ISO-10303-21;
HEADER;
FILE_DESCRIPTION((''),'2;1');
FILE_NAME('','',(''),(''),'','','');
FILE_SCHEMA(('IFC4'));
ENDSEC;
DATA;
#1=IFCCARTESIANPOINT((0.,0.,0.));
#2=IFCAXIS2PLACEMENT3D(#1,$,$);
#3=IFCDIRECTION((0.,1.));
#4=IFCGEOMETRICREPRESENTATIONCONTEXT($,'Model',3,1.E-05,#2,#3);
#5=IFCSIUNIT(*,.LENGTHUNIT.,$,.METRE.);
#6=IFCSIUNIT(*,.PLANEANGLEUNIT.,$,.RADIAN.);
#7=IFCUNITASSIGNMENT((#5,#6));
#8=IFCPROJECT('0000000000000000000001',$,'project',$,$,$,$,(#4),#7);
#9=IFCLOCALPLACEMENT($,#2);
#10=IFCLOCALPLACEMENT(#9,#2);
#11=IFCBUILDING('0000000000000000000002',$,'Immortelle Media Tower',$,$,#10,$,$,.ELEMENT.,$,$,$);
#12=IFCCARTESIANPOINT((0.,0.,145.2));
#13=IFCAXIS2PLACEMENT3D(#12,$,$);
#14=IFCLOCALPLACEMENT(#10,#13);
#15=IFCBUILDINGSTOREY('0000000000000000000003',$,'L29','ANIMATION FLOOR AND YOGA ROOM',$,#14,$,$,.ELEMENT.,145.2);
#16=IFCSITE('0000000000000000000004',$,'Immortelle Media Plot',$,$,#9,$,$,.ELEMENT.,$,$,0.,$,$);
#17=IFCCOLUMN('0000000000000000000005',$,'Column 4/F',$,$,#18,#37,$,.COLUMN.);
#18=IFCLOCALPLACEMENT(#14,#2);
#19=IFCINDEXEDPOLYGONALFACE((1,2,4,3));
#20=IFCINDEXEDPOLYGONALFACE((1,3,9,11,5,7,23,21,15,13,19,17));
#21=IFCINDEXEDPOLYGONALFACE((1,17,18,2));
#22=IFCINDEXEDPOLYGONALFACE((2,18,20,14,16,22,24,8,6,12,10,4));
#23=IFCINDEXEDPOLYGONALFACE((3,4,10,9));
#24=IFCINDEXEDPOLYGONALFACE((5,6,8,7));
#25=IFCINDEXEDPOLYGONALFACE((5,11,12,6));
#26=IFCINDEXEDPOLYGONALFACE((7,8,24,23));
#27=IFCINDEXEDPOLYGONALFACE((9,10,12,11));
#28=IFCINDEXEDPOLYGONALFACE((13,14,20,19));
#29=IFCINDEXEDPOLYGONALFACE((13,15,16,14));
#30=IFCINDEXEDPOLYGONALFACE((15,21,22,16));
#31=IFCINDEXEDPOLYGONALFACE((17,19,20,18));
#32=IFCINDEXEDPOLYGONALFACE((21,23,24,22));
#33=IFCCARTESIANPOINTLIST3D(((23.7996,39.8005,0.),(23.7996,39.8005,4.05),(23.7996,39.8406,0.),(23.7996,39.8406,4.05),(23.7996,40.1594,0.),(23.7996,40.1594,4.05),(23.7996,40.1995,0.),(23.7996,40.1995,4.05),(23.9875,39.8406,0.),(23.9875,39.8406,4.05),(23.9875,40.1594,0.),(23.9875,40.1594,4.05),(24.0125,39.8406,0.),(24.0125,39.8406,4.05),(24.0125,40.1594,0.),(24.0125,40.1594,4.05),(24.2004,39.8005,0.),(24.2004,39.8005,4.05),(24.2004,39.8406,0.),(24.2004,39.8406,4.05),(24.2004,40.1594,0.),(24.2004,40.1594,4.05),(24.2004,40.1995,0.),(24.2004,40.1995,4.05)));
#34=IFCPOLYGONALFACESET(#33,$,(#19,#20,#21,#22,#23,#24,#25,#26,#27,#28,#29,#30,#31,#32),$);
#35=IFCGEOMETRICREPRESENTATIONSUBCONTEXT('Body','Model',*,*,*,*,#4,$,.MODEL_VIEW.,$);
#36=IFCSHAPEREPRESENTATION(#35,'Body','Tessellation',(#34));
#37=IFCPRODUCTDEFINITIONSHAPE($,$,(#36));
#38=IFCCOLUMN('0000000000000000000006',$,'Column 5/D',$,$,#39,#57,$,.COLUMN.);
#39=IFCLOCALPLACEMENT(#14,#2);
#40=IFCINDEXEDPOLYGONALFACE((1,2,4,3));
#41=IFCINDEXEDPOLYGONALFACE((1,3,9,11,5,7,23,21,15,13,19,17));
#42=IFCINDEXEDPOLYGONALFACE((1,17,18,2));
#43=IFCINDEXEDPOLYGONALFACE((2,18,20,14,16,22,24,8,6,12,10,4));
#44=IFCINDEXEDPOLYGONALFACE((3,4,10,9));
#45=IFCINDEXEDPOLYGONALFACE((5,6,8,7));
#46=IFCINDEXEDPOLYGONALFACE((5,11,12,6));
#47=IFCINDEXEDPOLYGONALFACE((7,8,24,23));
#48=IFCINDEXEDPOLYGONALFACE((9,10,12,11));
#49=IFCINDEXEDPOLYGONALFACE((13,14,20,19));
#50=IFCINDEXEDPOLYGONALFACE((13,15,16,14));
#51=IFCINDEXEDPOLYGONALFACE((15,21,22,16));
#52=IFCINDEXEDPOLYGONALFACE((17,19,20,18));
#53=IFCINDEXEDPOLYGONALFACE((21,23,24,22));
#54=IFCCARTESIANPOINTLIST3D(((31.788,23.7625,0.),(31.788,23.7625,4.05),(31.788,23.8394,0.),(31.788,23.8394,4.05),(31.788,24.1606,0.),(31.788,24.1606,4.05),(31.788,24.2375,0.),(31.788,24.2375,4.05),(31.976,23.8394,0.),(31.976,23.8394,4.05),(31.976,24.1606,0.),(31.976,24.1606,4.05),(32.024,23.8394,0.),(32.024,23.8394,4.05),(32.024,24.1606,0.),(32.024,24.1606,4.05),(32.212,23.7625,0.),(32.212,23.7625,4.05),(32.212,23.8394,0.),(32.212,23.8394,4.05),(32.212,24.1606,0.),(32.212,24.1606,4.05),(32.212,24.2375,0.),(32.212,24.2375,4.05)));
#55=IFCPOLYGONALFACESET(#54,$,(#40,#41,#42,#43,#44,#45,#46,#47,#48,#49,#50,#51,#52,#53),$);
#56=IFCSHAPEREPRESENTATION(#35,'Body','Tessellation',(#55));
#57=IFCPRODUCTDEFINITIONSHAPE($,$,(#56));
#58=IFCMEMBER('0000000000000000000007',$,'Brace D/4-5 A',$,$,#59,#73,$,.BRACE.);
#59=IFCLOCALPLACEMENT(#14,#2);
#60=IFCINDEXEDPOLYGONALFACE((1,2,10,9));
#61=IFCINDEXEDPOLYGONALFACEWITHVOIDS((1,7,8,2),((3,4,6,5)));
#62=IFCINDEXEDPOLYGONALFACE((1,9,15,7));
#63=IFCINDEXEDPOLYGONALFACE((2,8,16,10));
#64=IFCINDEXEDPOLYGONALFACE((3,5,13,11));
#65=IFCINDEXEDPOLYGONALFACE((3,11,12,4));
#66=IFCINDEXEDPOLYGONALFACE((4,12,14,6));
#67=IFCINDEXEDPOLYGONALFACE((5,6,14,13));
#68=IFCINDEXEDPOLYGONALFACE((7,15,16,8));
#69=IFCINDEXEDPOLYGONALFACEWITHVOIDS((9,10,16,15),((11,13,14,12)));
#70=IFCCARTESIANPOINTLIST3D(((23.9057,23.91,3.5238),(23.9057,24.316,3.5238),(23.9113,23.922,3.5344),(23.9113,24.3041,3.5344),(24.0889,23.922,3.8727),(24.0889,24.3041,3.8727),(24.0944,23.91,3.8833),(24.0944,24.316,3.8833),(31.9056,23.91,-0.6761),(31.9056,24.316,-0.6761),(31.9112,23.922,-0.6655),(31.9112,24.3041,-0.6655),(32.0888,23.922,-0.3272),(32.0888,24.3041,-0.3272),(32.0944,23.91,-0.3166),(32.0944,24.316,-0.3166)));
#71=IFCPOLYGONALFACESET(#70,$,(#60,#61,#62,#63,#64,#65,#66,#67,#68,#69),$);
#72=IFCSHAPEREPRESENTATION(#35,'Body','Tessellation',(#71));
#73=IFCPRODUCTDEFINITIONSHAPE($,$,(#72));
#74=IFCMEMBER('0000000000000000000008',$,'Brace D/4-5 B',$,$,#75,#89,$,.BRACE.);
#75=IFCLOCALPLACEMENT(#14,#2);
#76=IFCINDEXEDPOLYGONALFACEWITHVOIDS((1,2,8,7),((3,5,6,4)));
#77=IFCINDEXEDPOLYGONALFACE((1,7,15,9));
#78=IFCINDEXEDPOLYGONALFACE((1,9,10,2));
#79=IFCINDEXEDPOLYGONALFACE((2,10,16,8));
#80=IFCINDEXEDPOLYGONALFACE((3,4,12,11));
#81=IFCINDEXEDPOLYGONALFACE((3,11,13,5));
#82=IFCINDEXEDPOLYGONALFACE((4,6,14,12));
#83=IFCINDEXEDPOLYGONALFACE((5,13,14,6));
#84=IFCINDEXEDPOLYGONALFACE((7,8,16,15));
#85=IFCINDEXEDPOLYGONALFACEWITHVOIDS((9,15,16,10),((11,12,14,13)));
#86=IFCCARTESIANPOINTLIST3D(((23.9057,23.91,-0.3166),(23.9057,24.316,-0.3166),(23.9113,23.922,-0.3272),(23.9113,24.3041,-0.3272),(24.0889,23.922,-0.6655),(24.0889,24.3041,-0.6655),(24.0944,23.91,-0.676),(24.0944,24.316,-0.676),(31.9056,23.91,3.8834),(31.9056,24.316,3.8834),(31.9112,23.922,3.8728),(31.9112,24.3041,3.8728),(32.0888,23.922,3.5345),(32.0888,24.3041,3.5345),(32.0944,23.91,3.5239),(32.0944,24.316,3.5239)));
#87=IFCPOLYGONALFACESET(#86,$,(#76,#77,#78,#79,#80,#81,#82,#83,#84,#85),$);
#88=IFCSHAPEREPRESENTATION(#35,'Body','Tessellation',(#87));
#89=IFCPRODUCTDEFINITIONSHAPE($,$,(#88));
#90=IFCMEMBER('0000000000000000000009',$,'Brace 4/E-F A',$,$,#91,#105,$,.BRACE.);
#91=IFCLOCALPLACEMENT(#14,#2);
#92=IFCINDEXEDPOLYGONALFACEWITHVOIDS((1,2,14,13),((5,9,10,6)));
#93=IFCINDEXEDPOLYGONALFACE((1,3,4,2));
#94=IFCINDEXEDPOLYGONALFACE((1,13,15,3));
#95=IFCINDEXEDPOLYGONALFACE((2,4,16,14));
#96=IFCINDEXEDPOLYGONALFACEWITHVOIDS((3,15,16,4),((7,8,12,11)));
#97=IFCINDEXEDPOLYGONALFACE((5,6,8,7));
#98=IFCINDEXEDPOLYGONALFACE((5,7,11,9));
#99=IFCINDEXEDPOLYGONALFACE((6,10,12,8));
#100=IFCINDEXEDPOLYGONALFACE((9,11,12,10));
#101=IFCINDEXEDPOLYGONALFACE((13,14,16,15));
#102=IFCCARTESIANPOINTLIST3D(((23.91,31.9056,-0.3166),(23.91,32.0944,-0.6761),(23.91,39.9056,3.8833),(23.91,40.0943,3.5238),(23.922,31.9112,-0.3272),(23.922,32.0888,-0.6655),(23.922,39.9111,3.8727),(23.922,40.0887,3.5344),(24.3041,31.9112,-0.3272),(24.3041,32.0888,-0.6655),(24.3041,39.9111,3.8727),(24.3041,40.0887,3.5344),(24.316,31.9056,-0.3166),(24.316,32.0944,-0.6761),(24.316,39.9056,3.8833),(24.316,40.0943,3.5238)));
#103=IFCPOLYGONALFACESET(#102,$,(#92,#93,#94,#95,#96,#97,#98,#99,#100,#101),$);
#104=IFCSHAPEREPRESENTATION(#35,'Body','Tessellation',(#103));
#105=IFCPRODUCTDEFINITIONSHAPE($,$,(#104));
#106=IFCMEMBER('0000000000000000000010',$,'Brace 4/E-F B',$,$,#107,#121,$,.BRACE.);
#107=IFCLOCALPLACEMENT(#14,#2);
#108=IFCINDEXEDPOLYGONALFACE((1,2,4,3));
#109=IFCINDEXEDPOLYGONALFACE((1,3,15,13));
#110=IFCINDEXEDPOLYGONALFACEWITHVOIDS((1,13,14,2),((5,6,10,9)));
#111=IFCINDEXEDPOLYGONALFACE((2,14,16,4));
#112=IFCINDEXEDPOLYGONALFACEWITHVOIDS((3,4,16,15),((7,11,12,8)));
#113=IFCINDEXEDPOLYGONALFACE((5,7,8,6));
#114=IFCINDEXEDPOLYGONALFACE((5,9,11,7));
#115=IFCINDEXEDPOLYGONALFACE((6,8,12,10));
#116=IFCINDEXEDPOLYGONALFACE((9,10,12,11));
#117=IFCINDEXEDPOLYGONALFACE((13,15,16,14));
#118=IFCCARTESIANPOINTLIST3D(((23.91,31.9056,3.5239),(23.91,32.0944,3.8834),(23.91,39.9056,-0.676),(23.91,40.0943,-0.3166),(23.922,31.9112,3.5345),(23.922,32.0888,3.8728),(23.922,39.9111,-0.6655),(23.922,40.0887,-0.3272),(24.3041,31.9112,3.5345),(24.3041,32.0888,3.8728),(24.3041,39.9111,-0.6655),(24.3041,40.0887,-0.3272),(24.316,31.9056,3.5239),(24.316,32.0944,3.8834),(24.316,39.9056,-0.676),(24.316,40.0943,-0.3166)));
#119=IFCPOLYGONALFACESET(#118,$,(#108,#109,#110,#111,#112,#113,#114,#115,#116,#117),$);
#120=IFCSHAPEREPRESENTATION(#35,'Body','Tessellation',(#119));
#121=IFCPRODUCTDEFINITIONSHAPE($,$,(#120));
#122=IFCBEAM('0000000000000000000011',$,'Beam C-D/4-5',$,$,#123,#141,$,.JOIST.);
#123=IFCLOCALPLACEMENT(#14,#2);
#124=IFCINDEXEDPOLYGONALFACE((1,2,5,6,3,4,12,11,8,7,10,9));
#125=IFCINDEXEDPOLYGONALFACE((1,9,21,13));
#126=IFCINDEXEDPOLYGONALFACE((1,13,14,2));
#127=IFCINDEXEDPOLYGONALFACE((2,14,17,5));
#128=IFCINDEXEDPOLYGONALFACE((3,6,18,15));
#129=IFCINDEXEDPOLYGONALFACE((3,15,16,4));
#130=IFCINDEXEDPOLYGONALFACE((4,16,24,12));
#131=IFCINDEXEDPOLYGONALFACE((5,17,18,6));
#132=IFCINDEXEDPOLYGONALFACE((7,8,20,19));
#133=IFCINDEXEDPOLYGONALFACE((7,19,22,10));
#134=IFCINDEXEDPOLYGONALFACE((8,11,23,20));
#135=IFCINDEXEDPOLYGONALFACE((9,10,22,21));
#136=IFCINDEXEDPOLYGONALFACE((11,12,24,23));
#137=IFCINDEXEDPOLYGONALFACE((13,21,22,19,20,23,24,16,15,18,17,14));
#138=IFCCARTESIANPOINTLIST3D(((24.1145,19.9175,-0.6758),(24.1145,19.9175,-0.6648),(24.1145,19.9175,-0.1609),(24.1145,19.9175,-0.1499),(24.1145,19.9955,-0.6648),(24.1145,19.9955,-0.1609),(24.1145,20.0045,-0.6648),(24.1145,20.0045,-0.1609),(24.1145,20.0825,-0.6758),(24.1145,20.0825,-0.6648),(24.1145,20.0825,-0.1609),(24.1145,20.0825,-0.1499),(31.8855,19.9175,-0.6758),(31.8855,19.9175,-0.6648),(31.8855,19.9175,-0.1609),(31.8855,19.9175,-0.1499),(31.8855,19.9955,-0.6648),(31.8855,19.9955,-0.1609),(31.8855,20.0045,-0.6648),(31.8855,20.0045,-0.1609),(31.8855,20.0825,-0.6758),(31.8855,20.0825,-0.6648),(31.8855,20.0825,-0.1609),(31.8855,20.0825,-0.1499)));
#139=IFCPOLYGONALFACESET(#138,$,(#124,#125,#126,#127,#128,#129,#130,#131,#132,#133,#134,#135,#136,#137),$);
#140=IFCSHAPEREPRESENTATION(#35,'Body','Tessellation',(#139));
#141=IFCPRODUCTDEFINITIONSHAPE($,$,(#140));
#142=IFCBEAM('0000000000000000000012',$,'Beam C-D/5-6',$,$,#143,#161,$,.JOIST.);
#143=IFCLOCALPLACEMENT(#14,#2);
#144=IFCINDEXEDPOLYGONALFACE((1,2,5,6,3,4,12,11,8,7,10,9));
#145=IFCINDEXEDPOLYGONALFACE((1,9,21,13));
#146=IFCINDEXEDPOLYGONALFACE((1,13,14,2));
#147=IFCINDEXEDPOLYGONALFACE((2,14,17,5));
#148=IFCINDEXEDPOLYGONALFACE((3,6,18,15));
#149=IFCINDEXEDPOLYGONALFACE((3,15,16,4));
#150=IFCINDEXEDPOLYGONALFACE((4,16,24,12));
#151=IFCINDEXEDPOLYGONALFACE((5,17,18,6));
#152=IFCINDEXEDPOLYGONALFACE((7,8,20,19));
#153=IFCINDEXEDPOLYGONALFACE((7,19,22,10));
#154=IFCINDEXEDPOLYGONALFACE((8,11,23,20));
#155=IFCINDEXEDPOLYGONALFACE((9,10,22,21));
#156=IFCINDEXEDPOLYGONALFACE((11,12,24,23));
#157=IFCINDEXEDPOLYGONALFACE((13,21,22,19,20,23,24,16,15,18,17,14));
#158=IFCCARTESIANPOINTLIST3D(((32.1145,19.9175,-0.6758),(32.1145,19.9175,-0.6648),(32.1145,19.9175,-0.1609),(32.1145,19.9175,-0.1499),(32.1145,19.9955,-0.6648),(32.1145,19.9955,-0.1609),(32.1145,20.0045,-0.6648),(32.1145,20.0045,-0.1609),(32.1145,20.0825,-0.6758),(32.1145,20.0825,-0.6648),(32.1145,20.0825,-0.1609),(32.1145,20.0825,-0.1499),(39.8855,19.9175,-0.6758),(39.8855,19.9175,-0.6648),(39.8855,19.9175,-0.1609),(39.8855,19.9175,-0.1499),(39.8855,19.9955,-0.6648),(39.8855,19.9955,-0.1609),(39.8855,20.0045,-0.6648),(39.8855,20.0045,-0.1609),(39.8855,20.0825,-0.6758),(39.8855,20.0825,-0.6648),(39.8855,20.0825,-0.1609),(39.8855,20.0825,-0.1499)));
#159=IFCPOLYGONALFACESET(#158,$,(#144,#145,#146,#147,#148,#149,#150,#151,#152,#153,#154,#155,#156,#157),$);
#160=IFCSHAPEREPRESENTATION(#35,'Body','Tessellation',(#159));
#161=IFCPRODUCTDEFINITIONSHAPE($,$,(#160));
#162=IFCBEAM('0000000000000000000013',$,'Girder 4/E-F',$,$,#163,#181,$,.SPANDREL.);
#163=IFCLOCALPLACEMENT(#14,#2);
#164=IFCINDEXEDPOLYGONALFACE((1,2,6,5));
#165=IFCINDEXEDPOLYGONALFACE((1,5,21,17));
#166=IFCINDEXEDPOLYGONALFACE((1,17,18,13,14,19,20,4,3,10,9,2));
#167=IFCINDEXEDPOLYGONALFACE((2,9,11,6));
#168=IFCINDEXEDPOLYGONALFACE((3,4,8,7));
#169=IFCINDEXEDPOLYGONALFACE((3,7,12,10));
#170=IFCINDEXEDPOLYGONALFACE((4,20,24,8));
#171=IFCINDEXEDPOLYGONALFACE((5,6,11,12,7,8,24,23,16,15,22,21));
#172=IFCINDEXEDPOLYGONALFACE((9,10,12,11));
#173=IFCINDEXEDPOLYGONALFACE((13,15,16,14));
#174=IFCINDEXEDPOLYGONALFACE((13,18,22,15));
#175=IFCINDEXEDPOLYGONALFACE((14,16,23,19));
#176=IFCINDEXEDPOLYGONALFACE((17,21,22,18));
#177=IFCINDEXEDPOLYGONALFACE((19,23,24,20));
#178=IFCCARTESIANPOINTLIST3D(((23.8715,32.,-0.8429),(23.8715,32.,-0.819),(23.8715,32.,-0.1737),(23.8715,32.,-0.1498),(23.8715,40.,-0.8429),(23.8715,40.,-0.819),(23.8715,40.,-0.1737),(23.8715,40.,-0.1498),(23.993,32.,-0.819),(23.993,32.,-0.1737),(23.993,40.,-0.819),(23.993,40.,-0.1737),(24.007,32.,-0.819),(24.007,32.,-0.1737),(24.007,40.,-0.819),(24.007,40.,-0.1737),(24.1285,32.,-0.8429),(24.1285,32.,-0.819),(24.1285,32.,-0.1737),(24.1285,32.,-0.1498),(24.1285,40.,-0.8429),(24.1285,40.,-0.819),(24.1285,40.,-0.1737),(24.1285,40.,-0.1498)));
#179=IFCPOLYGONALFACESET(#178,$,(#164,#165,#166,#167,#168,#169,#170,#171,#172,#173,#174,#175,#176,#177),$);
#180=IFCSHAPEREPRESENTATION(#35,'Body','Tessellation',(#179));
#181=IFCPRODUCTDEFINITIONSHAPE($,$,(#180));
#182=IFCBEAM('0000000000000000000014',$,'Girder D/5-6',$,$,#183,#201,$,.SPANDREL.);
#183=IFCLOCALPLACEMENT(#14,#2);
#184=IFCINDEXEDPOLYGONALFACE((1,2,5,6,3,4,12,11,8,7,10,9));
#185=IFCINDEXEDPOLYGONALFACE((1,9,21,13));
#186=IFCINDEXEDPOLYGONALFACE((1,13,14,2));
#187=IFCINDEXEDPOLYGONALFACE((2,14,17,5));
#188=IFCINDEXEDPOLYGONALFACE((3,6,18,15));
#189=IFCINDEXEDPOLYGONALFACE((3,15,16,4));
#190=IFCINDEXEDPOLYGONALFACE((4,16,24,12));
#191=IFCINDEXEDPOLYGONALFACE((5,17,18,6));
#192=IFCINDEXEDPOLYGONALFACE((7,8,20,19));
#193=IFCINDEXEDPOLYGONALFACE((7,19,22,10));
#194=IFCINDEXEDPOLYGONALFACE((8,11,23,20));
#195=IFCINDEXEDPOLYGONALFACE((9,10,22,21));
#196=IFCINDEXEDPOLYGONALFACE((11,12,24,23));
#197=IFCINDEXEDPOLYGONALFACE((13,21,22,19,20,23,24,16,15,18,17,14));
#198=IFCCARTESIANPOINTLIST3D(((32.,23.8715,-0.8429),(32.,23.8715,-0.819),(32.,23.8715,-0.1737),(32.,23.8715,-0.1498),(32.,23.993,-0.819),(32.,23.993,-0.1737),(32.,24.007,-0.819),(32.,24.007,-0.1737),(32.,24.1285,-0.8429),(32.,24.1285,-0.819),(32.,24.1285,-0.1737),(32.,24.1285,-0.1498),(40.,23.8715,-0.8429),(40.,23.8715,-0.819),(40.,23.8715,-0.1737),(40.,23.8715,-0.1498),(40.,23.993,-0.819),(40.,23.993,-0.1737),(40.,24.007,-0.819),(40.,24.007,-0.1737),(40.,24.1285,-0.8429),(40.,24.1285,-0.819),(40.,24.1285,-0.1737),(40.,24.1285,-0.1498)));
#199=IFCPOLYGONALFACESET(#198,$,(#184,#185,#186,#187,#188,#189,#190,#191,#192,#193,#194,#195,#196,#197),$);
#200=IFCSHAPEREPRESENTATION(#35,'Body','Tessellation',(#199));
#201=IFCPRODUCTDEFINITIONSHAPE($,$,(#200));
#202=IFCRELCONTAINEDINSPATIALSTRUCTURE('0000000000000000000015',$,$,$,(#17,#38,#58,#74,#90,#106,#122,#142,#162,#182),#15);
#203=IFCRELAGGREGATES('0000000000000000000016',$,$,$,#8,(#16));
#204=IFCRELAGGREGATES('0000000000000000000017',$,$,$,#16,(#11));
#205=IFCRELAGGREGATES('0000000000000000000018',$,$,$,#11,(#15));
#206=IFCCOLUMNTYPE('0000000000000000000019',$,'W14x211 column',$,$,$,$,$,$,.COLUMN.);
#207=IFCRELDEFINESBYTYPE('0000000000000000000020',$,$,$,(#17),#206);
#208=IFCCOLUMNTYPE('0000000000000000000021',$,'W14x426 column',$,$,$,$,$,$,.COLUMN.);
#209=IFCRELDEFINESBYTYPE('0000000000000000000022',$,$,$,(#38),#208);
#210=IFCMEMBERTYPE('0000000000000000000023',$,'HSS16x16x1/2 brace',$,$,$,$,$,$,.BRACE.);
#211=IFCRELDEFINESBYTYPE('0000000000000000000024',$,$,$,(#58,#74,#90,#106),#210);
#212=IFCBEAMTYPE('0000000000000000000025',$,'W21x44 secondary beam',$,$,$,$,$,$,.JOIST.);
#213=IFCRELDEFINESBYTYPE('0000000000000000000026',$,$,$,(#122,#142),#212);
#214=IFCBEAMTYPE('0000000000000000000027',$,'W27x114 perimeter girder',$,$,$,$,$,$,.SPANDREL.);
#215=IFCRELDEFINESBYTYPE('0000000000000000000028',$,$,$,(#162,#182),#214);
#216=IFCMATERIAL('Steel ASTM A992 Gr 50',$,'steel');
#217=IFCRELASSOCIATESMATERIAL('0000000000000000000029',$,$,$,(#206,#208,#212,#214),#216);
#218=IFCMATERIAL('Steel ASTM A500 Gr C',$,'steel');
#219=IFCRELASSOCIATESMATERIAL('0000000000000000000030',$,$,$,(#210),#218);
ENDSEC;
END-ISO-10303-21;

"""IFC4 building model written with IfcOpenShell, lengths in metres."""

from ifc_helpers import new_model, si_unit, direction, frame, origin, origin_2d, place, context, subcontext, project, spatial, hollow_rectangle, i_section, extrude, material, material_profile, profile_set, type_object, element, save


model = new_model("IFC4")

# Units and contexts
model_context = context("Model", 3, precision=1e-05, world=origin(), true_north=direction((0.0, 1.0)))
body_context = subcontext(model_context, "Body", "Model", "MODEL_VIEW")
ifc_project = project(units=[si_unit("LENGTHUNIT", "METRE"), si_unit("PLANEANGLEUNIT", "RADIAN")], contexts=[model_context])

# Site, building, storey
site_placement = place(None, origin())
site = spatial("IfcSite", under=ifc_project, at=site_placement, Name="Immortelle Media Plot", CompositionType="ELEMENT", RefElevation=0.0)
building_placement = place(site_placement, origin())
building = spatial("IfcBuilding", under=site, at=building_placement, Name="Immortelle Media Tower", CompositionType="ELEMENT")
storey_placement = place(building_placement, frame((0.0, 0.0, 145.2)))
storey = spatial("IfcBuildingStorey", under=building, at=storey_placement, Name="L29", Description="ANIMATION FLOOR AND YOGA ROOM", CompositionType="ELEMENT", Elevation=145.2)

# Columns
ifc_material_1 = material(Name="Steel ASTM A992 Gr 50", Category="steel")
ifc_material_profile_1 = material_profile(ifc_material_1, i_section(OverallWidth=0.4009, OverallDepth=0.3989, WebThickness=0.0249, FlangeThickness=0.04, at=origin_2d()), Name="W14x211")
ifc_profile_set_1 = profile_set([ifc_material_profile_1], Name="Steel ASTM A992 Gr 50")
column_type_1 = type_object("IfcColumnType", Name="W14x211 column", PredefinedType="COLUMN", material=ifc_profile_set_1)
column_1_placement = place(storey_placement, frame((24.0, 40.0, 0.0), z_axis=(0.0, 0.0, 1.0), x_axis=(1.0, 0.0, 0.0)))
element("IfcColumn", 1, at=column_1_placement, inside=storey, type_object=column_type_1, Name="Column 4/F", PredefinedType="COLUMN", context=body_context, shape_type="SweptSolid", body=[
    extrude(i_section(OverallWidth=0.4009, OverallDepth=0.3989, WebThickness=0.0249, FlangeThickness=0.04, at=origin_2d()), origin(), (0.0, 0.0, 1.0), 4.05),
])
ifc_material_profile_2 = material_profile(ifc_material_1, i_section(OverallWidth=0.4241, OverallDepth=0.4751, WebThickness=0.0481, FlangeThickness=0.0769, at=origin_2d()), Name="W14x426")
ifc_profile_set_2 = profile_set([ifc_material_profile_2], Name="Steel ASTM A992 Gr 50")
column_type_2 = type_object("IfcColumnType", Name="W14x426 column", PredefinedType="COLUMN", material=ifc_profile_set_2)
column_2_placement = place(storey_placement, frame((32.0, 24.0, 0.0), z_axis=(0.0, 0.0, 1.0), x_axis=(1.0, 0.0, 0.0)))
element("IfcColumn", 2, at=column_2_placement, inside=storey, type_object=column_type_2, Name="Column 5/D", PredefinedType="COLUMN", context=body_context, shape_type="SweptSolid", body=[
    extrude(i_section(OverallWidth=0.4241, OverallDepth=0.4751, WebThickness=0.0481, FlangeThickness=0.0769, at=origin_2d()), origin(), (0.0, 0.0, 1.0), 4.05),
])

# Members
ifc_material_2 = material(Name="Steel ASTM A500 Gr C", Category="steel")
ifc_material_profile_3 = material_profile(ifc_material_2, hollow_rectangle(XDim=0.406, YDim=0.406, WallThickness=0.012, at=origin_2d()), Name="HSS16x16x1/2 brace")
ifc_profile_set_3 = profile_set([ifc_material_profile_3], Name="Steel ASTM A500 Gr C")
member_type = type_object("IfcMemberType", Name="HSS16x16x1/2 brace", PredefinedType="BRACE", material=ifc_profile_set_3)
for number, where, z_axis, x_axis, name in (
    (3, (32.0, 24.113, -0.4963), (-0.8854, 0.0, 0.46483), (0.0, -1.0, 0.0), "Brace D/4-5 A"),
    (4, (32.0, 24.113, 3.7036), (-0.8854, 0.0, -0.46483), (0.0, -1.0, 0.0), "Brace D/4-5 B"),
    (5, (24.113, 32.0, -0.4963), (0.0, 0.8854, 0.46483), (-1.0, 0.0, 0.0), "Brace 4/E-F A"),
    (6, (24.113, 32.0, 3.7036), (0.0, 0.8854, -0.46483), (-1.0, 0.0, 0.0), "Brace 4/E-F B"),
):
    element("IfcMember", number, at=place(storey_placement, frame(where, z_axis=z_axis, x_axis=x_axis)), inside=storey, type_object=member_type, Name=name, PredefinedType="BRACE", context=body_context, shape_type="SweptSolid", body=[
        extrude(hollow_rectangle(XDim=0.406, YDim=0.406, WallThickness=0.012, at=origin_2d()), origin(), (0.0, 0.0, 1.0), 9.0354),
    ])

# Beams
ifc_material_profile_4 = material_profile(ifc_material_1, i_section(OverallWidth=0.165, OverallDepth=0.5259, WebThickness=0.009, FlangeThickness=0.011, at=origin_2d()), Name="W21x44")
ifc_profile_set_4 = profile_set([ifc_material_profile_4], Name="Steel ASTM A992 Gr 50")
beam_type_1 = type_object("IfcBeamType", Name="W21x44 secondary beam", PredefinedType="JOIST", material=ifc_profile_set_4)
for number, where, z_axis, x_axis, name in (
    (7, (24.1145, 20.0, -0.4128), (1.0, 0.0, 0.0), (0.0, 1.0, 0.0), "Beam C-D/4-5"),
    (8, (32.1145, 20.0, -0.4128), (1.0, 0.0, 0.0), (0.0, 1.0, 0.0), "Beam C-D/5-6"),
):
    element("IfcBeam", number, at=place(storey_placement, frame(where, z_axis=z_axis, x_axis=x_axis)), inside=storey, type_object=beam_type_1, Name=name, PredefinedType="JOIST", context=body_context, shape_type="SweptSolid", body=[
        extrude(i_section(OverallWidth=0.165, OverallDepth=0.5259, WebThickness=0.009, FlangeThickness=0.011, at=origin_2d()), origin(), (0.0, 0.0, 1.0), 7.771),
    ])
ifc_material_profile_5 = material_profile(ifc_material_1, i_section(OverallWidth=0.2571, OverallDepth=0.6931, WebThickness=0.0139, FlangeThickness=0.0239, at=origin_2d()), Name="W27x114")
ifc_profile_set_5 = profile_set([ifc_material_profile_5], Name="Steel ASTM A992 Gr 50")
beam_type_2 = type_object("IfcBeamType", Name="W27x114 perimeter girder", PredefinedType="SPANDREL", material=ifc_profile_set_5)
for number, where, z_axis, x_axis, name in (
    (9, (24.0, 32.0, -0.4963), (0.0, 1.0, 0.0), (-1.0, 0.0, 0.0), "Girder 4/E-F"),
    (10, (32.0, 24.0, -0.4963), (1.0, 0.0, 0.0), (0.0, 1.0, 0.0), "Girder D/5-6"),
):
    element("IfcBeam", number, at=place(storey_placement, frame(where, z_axis=z_axis, x_axis=x_axis)), inside=storey, type_object=beam_type_2, Name=name, PredefinedType="SPANDREL", context=body_context, shape_type="SweptSolid", body=[
        extrude(i_section(OverallWidth=0.2571, OverallDepth=0.6931, WebThickness=0.0139, FlangeThickness=0.0239, at=origin_2d()), origin(), (0.0, 0.0, 1.0), 8.0),
    ])

save(model, "model.ifc")
